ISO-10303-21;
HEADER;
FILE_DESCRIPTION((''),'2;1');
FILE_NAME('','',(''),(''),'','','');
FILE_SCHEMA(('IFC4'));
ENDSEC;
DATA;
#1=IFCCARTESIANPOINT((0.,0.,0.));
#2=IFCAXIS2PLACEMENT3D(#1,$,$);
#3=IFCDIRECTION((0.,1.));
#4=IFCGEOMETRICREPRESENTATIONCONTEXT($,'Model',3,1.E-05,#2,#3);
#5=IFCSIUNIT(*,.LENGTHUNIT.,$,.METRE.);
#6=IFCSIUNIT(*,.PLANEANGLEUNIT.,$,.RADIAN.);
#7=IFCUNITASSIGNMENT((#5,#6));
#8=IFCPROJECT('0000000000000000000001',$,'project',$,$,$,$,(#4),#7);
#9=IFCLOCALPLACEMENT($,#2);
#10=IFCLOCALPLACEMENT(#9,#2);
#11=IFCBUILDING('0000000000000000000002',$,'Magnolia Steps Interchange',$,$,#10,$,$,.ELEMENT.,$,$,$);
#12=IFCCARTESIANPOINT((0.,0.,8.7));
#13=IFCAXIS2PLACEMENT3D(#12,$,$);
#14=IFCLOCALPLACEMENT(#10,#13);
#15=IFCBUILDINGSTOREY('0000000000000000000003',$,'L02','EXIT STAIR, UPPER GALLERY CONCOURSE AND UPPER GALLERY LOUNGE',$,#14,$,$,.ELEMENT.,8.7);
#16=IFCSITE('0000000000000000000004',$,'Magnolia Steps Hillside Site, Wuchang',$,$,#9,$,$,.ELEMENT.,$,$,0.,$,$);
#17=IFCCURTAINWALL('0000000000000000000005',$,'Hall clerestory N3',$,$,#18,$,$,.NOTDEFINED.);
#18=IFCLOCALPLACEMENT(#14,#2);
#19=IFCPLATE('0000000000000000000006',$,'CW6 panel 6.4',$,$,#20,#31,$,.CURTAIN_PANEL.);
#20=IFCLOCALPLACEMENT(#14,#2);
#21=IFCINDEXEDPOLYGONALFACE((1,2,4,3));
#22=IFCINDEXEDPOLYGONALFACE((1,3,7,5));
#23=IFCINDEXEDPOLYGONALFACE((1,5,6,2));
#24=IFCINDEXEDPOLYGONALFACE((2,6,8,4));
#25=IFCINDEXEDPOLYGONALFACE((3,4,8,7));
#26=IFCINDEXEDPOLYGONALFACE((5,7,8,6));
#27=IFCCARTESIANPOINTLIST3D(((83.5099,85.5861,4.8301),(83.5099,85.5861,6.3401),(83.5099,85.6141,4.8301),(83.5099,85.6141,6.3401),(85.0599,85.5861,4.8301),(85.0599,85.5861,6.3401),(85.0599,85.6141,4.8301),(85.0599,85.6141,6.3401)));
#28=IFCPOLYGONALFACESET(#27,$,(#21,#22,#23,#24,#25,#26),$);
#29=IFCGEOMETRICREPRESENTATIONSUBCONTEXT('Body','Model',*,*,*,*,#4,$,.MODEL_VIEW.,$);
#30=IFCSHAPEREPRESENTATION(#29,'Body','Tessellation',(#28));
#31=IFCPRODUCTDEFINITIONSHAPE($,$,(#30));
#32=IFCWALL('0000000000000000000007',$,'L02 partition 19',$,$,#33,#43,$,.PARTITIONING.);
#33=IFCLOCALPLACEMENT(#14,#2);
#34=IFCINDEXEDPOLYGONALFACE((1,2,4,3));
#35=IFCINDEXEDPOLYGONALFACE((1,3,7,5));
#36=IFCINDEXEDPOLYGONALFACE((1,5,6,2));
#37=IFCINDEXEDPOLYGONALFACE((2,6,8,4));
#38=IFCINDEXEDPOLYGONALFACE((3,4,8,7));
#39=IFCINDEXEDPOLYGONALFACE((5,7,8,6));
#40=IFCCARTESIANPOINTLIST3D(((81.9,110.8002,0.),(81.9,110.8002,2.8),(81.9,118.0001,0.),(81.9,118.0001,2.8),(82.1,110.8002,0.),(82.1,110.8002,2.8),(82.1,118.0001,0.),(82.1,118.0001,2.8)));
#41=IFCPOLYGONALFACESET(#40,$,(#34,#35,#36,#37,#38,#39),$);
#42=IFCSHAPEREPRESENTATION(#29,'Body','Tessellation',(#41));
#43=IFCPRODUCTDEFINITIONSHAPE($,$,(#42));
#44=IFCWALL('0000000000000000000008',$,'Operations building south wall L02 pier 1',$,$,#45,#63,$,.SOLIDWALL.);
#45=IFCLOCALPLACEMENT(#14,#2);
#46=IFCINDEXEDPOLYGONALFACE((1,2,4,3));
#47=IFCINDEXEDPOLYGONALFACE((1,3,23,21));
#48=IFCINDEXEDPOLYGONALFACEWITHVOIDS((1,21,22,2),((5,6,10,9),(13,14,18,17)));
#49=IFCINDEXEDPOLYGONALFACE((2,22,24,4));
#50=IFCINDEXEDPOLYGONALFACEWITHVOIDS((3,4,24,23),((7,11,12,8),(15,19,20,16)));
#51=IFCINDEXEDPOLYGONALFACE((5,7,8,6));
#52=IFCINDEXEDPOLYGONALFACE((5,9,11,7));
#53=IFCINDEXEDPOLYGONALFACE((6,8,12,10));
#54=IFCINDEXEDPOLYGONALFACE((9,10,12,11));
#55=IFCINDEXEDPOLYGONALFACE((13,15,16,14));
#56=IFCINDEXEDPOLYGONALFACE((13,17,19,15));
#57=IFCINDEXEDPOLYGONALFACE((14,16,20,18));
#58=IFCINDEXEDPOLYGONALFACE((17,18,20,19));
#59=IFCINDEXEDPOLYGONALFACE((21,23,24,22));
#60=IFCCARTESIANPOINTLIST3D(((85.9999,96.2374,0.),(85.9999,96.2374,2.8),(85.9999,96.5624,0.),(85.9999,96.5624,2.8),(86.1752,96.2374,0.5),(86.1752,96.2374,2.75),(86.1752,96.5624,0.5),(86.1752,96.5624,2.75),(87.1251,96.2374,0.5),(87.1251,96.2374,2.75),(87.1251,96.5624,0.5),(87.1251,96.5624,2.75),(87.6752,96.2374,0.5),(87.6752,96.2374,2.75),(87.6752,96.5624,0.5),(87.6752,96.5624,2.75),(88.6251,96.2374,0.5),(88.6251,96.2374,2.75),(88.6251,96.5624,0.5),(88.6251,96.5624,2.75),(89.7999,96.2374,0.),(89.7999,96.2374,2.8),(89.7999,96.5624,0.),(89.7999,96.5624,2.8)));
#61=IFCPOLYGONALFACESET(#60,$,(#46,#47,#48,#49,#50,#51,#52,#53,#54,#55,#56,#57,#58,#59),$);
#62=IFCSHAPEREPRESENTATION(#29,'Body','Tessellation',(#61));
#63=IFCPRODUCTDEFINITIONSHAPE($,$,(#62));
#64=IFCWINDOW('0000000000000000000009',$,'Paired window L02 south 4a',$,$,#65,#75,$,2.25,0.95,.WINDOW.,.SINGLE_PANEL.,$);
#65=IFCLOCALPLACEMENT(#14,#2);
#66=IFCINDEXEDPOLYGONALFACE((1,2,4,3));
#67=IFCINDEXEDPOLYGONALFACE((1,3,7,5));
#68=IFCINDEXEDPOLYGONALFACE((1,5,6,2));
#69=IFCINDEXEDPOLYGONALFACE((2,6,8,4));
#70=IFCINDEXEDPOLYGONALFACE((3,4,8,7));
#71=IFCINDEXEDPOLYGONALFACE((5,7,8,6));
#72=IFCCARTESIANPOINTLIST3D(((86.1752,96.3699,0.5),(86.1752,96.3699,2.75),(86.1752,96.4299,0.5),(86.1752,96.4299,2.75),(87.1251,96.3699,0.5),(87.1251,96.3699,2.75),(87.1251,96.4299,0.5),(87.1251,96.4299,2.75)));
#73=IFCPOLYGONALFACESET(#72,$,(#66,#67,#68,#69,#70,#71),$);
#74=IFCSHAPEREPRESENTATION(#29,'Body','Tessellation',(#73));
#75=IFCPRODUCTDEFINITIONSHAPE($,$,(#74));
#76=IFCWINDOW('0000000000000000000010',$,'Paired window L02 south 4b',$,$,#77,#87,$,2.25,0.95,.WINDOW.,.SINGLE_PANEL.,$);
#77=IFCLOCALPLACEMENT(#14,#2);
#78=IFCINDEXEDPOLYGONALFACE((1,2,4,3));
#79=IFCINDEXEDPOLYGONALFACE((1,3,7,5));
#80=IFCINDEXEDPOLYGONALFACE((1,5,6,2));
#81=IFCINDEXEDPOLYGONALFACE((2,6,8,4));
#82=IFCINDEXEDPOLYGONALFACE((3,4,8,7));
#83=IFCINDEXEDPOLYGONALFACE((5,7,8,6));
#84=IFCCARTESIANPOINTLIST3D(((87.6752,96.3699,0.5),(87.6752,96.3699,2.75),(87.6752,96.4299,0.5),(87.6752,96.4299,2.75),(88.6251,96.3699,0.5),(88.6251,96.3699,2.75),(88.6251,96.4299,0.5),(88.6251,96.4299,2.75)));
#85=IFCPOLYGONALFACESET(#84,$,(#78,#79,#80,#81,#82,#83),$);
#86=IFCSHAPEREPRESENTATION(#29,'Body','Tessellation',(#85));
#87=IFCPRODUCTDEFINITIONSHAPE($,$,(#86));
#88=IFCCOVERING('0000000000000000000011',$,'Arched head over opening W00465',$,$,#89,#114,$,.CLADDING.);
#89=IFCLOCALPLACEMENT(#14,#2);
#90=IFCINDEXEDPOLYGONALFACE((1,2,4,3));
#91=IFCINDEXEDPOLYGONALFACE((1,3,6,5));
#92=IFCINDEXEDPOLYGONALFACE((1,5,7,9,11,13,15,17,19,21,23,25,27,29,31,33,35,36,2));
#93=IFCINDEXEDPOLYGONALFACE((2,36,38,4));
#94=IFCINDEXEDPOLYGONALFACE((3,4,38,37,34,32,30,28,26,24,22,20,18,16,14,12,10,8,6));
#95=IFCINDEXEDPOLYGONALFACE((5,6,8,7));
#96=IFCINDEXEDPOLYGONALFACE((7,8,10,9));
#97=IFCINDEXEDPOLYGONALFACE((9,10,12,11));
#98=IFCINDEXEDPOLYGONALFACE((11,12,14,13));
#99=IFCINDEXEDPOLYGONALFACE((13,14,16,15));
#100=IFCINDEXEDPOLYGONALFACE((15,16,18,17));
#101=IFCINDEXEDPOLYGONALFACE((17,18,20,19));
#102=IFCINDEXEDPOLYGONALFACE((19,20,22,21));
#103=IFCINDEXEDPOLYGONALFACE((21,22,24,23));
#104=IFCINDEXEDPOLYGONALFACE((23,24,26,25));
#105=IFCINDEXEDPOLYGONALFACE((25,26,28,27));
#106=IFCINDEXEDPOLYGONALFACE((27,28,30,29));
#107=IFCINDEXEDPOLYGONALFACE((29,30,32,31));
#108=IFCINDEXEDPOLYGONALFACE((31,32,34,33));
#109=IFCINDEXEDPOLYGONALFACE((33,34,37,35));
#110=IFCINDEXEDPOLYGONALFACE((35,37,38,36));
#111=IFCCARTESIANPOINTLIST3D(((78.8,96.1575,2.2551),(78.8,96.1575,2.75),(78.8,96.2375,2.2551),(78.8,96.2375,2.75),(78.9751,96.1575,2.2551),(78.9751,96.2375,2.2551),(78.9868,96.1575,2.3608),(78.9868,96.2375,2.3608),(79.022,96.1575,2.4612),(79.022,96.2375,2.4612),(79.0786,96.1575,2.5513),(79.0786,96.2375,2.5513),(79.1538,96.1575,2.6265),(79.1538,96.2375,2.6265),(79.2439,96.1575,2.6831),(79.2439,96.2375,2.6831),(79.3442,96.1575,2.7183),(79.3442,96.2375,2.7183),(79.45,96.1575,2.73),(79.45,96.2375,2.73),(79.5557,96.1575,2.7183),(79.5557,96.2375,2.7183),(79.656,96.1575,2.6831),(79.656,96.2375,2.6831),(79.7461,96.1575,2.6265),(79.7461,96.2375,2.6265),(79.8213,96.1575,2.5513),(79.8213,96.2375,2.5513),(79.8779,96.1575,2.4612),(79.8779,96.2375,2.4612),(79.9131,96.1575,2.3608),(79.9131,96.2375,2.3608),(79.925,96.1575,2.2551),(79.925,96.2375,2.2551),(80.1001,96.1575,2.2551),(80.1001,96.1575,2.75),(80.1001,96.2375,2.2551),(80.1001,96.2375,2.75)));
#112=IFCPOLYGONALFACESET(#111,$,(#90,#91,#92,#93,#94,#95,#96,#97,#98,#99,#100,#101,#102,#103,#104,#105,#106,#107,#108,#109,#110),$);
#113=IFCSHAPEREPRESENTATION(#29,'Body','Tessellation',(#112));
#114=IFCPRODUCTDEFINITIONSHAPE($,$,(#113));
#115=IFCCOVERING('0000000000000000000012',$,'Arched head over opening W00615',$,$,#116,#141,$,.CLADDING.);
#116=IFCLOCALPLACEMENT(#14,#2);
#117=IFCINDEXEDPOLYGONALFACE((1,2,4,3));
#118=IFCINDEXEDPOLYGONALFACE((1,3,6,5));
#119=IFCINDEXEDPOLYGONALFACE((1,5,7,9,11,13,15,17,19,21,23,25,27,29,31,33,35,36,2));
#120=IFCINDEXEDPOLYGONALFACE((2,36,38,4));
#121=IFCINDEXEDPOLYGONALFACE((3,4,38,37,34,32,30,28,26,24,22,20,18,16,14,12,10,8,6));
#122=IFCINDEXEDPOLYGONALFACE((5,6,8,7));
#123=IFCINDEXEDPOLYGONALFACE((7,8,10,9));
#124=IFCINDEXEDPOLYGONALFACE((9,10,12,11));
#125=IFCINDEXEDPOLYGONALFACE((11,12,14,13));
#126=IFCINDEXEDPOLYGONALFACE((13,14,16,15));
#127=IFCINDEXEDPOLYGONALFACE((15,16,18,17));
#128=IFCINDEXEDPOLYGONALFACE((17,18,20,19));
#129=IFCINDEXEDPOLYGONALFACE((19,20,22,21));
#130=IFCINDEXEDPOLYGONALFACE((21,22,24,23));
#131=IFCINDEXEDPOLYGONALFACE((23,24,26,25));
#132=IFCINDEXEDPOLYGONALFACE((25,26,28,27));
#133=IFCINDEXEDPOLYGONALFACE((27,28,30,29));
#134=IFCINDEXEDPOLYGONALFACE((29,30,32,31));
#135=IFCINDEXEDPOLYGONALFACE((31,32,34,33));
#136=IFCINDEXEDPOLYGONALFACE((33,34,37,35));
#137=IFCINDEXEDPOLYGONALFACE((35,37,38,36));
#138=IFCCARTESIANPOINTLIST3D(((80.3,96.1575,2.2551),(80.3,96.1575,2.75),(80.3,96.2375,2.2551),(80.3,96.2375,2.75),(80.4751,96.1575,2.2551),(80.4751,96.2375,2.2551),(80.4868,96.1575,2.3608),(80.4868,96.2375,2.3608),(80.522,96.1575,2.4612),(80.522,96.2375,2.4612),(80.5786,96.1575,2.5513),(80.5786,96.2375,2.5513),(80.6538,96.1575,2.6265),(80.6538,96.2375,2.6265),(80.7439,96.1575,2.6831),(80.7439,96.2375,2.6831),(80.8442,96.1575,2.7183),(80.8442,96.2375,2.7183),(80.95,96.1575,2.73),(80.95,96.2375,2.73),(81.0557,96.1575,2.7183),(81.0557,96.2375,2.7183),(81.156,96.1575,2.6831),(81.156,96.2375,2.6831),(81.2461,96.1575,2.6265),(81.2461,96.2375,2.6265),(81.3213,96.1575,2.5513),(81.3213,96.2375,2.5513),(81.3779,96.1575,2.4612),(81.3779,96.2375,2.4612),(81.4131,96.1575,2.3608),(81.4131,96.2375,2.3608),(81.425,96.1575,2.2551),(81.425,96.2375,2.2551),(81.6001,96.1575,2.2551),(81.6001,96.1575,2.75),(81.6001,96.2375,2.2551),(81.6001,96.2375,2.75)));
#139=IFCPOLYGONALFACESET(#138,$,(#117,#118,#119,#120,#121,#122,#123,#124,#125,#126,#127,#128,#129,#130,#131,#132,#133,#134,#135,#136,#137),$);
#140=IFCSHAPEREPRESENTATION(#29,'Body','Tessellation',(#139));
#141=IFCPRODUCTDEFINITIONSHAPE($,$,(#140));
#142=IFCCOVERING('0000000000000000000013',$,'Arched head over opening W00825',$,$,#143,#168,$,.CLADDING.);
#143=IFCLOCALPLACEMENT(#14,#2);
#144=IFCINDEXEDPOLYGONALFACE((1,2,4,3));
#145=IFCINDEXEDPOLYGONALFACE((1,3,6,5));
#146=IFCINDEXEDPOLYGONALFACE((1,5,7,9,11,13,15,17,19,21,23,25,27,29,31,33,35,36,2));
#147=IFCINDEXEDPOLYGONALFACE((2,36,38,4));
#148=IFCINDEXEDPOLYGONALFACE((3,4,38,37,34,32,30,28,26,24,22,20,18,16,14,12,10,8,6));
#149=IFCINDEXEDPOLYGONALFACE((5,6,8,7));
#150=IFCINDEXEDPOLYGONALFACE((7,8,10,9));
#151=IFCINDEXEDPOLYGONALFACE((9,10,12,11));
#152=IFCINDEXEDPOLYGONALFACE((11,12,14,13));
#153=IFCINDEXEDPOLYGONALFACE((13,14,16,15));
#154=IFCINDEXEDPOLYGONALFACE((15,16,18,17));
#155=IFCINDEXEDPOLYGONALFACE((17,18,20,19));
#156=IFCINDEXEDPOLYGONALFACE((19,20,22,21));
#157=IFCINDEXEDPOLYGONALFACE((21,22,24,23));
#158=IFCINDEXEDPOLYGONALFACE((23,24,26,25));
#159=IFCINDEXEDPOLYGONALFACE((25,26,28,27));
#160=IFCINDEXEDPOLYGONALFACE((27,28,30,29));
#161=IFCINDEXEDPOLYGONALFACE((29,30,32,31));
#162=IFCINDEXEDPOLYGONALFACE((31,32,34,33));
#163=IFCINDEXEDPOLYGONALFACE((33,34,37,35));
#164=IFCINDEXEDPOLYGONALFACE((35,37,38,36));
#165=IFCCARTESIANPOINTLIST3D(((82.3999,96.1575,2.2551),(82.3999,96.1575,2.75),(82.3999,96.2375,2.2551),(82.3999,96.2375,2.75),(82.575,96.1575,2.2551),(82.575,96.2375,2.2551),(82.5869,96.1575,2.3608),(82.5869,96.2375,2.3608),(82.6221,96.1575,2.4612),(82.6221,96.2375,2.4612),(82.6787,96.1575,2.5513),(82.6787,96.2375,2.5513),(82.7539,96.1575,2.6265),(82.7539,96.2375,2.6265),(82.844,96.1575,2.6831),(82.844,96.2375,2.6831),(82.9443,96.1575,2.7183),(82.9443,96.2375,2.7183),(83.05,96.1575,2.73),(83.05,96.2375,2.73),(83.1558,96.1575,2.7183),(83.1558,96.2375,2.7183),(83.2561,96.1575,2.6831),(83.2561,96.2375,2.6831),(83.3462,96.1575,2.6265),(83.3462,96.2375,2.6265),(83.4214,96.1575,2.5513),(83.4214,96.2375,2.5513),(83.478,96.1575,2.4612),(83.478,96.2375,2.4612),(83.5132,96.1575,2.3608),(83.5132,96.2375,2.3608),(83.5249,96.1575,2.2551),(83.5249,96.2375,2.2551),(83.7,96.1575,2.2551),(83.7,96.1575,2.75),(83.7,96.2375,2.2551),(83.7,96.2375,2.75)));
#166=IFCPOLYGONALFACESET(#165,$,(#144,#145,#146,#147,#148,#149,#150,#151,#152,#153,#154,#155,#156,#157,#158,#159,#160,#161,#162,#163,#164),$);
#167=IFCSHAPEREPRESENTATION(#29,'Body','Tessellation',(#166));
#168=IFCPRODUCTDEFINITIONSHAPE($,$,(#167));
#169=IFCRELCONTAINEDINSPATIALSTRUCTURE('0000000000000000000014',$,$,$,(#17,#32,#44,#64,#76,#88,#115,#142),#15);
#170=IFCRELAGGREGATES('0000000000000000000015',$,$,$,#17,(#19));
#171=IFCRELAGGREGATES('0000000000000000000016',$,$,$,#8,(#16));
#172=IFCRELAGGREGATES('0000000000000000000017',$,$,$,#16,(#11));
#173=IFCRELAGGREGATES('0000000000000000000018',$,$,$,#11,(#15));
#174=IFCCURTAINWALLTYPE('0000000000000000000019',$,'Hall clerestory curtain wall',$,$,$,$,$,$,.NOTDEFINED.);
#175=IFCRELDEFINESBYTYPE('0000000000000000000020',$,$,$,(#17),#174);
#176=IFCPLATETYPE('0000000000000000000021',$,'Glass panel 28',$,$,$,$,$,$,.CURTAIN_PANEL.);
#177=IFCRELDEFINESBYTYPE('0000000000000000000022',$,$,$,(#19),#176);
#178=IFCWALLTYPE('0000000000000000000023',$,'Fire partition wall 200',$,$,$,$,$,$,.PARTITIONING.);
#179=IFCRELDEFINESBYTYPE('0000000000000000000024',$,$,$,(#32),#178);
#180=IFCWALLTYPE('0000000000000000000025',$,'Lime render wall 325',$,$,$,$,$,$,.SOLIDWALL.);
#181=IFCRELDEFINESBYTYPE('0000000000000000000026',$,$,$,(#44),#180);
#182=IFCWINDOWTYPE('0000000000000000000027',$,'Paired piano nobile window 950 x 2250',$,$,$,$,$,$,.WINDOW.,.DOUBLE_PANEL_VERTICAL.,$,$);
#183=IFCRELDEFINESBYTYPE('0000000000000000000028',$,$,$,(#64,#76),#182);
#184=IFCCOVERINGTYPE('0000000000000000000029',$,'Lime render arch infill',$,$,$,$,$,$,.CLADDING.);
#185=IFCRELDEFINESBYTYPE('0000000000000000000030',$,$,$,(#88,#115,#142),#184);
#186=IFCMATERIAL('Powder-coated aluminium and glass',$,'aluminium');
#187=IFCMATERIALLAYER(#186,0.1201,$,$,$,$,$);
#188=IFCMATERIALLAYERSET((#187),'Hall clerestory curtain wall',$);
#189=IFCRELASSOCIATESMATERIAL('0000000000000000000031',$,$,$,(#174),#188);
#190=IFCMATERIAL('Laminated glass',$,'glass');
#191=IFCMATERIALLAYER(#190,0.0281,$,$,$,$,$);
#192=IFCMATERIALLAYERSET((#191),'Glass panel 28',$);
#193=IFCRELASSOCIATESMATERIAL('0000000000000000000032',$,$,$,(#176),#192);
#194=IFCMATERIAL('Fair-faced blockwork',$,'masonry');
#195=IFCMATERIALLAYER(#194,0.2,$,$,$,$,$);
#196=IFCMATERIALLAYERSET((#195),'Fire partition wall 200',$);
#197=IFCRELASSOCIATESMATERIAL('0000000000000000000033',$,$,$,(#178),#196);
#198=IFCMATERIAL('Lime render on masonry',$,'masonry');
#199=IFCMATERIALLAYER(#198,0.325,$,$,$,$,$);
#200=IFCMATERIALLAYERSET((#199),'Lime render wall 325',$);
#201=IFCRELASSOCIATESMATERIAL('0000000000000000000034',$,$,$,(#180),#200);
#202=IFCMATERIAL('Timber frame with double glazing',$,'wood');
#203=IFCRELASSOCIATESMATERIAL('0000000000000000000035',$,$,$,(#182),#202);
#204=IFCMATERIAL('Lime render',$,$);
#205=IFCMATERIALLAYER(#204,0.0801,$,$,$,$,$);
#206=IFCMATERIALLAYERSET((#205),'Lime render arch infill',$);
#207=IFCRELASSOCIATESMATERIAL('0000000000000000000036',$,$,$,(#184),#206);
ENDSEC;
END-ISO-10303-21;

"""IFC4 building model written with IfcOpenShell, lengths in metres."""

from ifc_helpers import new_model, si_unit, direction, frame, frame_2d, origin, origin_2d, place, context, subcontext, project, spatial, polyline, rectangle, outline, extrude, material, layer, layer_set, type_object, element, fill, aggregate, save


model = new_model("IFC4")

# Units and contexts
model_context = context("Model", 3, precision=1e-05, world=origin(), true_north=direction((0.0, 1.0)))
body_context = subcontext(model_context, "Body", "Model", "MODEL_VIEW")
ifc_project = project(units=[si_unit("LENGTHUNIT", "METRE"), si_unit("PLANEANGLEUNIT", "RADIAN")], contexts=[model_context])

# Site, building, storey
site_placement = place(None, origin())
site = spatial("IfcSite", under=ifc_project, at=site_placement, Name="Magnolia Steps Hillside Site, Wuchang", CompositionType="ELEMENT", RefElevation=0.0)
building_placement = place(site_placement, origin())
building = spatial("IfcBuilding", under=site, at=building_placement, Name="Magnolia Steps Interchange", CompositionType="ELEMENT")
storey_placement = place(building_placement, frame((0.0, 0.0, 8.7)))
storey = spatial("IfcBuildingStorey", under=building, at=storey_placement, Name="L02", Description="EXIT STAIR, UPPER GALLERY CONCOURSE AND UPPER GALLERY LOUNGE", CompositionType="ELEMENT", Elevation=8.7)

# Curtain wall
ifc_material_1 = material(Name="Powder-coated aluminium and glass", Category="aluminium")
ifc_layer_1 = layer(ifc_material_1, 0.1201)
ifc_layer_set_1 = layer_set([ifc_layer_1], Name="Hall clerestory curtain wall")
curtain_wall_type = type_object("IfcCurtainWallType", Name="Hall clerestory curtain wall", PredefinedType="NOTDEFINED", material=ifc_layer_set_1)
curtain_wall_placement = place(storey_placement, origin())
curtain_wall = element("IfcCurtainWall", 1, at=curtain_wall_placement, inside=storey, type_object=curtain_wall_type, Name="Hall clerestory N3", PredefinedType="NOTDEFINED")

# Plate
ifc_material_2 = material(Name="Laminated glass", Category="glass")
ifc_layer_2 = layer(ifc_material_2, 0.0281)
ifc_layer_set_2 = layer_set([ifc_layer_2], Name="Glass panel 28")
plate_type = type_object("IfcPlateType", Name="Glass panel 28", PredefinedType="CURTAIN_PANEL", material=ifc_layer_set_2)
plate_1_placement = place(storey_placement, frame((84.2849, 85.6001, 4.8301), z_axis=(0.0, 0.0, 1.0), x_axis=(1.0, 0.0, 0.0)))
plate_1 = element("IfcPlate", 2, at=plate_1_placement, type_object=plate_type, Name="CW6 panel 6.4", PredefinedType="CURTAIN_PANEL", context=body_context, shape_type="SweptSolid", body=[
    extrude(rectangle(XDim=1.55, YDim=0.0281, at=origin_2d()), origin(), (0.0, 0.0, 1.0), 1.51),
])
aggregate(curtain_wall, [plate_1])

# Wall
ifc_material_3 = material(Name="Fair-faced blockwork", Category="masonry")
ifc_layer_3 = layer(ifc_material_3, 0.2)
ifc_layer_set_3 = layer_set([ifc_layer_3], Name="Fire partition wall 200")
wall_type_1 = type_object("IfcWallType", Name="Fire partition wall 200", PredefinedType="PARTITIONING", material=ifc_layer_set_3)
wall_1_placement = place(storey_placement, frame((82.0, 110.8, 0.0), z_axis=(0.0, 0.0, 1.0), x_axis=(0.0, 1.0, 0.0)))
element("IfcWall", 3, at=wall_1_placement, inside=storey, type_object=wall_type_1, Name="L02 partition 19", PredefinedType="PARTITIONING", context=body_context, shape_type="SweptSolid", body=[
    extrude(rectangle(XDim=7.2, YDim=0.2, at=frame_2d((3.6001, 0.0))), origin(), (0.0, 0.0, 1.0), 2.8),
])

# Wall, openings, windows
ifc_material_4 = material(Name="Lime render on masonry", Category="masonry")
ifc_layer_4 = layer(ifc_material_4, 0.325)
ifc_layer_set_4 = layer_set([ifc_layer_4], Name="Lime render wall 325")
wall_type_2 = type_object("IfcWallType", Name="Lime render wall 325", PredefinedType="SOLIDWALL", material=ifc_layer_set_4)
wall_2_placement = place(storey_placement, frame((86.0, 96.3999, 0.0), z_axis=(0.0, 0.0, 1.0), x_axis=(1.0, 0.0, 0.0)))
wall_2 = element("IfcWall", 4, at=wall_2_placement, inside=storey, type_object=wall_type_2, Name="Operations building south wall L02 pier 1", PredefinedType="SOLIDWALL", context=body_context, shape_type="SweptSolid", body=[
    extrude(rectangle(XDim=3.8, YDim=0.325, at=frame_2d((1.8999, 0.0))), origin(), (0.0, 0.0, 1.0), 2.8),
])
opening_1_placement = place(wall_2_placement, frame((0.175, 0.0, 0.5)))
opening_1 = element("IfcOpeningElement", 5, at=opening_1_placement, cuts=wall_2, PredefinedType="OPENING", context=body_context, shape_type="SweptSolid", body=[
    extrude(rectangle(XDim=0.95, YDim=2.25, at=frame_2d((0.4751, 1.125))), frame((0.0, 0.1724, 0.0), z_axis=(0.0, -1.0, 0.0), x_axis=(1.0, 0.0, 0.0)), (0.0, 0.0, 1.0), 0.345),
])
opening_2_placement = place(wall_2_placement, frame((1.675, 0.0, 0.5)))
opening_2 = element("IfcOpeningElement", 6, at=opening_2_placement, cuts=wall_2, PredefinedType="OPENING", context=body_context, shape_type="SweptSolid", body=[
    extrude(rectangle(XDim=0.95, YDim=2.25, at=frame_2d((0.4751, 1.125))), frame((0.0, 0.1724, 0.0), z_axis=(0.0, -1.0, 0.0), x_axis=(1.0, 0.0, 0.0)), (0.0, 0.0, 1.0), 0.345),
])
ifc_material_5 = material(Name="Timber frame with double glazing", Category="wood")
window_type = type_object("IfcWindowType", Name="Paired piano nobile window 950 x 2250", PartitioningType="DOUBLE_PANEL_VERTICAL", PredefinedType="WINDOW", material=ifc_material_5)
window_1_placement = place(opening_1_placement, origin())
window_1 = element("IfcWindow", 7, at=window_1_placement, inside=storey, type_object=window_type, Name="Paired window L02 south 4a", OverallHeight=2.25, OverallWidth=0.95, PartitioningType="SINGLE_PANEL", PredefinedType="WINDOW", context=body_context, shape_type="SweptSolid", body=[
    extrude(rectangle(XDim=0.95, YDim=2.25, at=frame_2d((0.4751, 1.125))), frame((0.0, 0.03, 0.0), z_axis=(0.0, -1.0, 0.0), x_axis=(1.0, 0.0, 0.0)), (0.0, 0.0, 1.0), 0.0601),
])
fill(opening_1, window_1)
window_2_placement = place(opening_2_placement, origin())
window_2 = element("IfcWindow", 8, at=window_2_placement, inside=storey, type_object=window_type, Name="Paired window L02 south 4b", OverallHeight=2.25, OverallWidth=0.95, PartitioningType="SINGLE_PANEL", PredefinedType="WINDOW", context=body_context, shape_type="SweptSolid", body=[
    extrude(rectangle(XDim=0.95, YDim=2.25, at=frame_2d((0.4751, 1.125))), frame((0.0, 0.03, 0.0), z_axis=(0.0, -1.0, 0.0), x_axis=(1.0, 0.0, 0.0)), (0.0, 0.0, 1.0), 0.0601),
])
fill(opening_2, window_2)

# Coverings
ifc_material_6 = material(Name="Lime render")
ifc_layer_5 = layer(ifc_material_6, 0.0801)
ifc_layer_set_5 = layer_set([ifc_layer_5], Name="Lime render arch infill")
covering_type_1 = type_object("IfcCoveringType", Name="Lime render arch infill", PredefinedType="CLADDING", material=ifc_layer_set_5)
for number, where, z_axis, x_axis, name in (
    (9, (78.8, 96.2375, 2.2551), (0.0, 1.0, 0.0), (0.0, 0.0, 1.0), "Arched head over opening W00465"),
    (10, (80.3, 96.2375, 2.2551), (0.0, 1.0, 0.0), (0.0, 0.0, 1.0), "Arched head over opening W00615"),
):
    element("IfcCovering", number, at=place(storey_placement, frame(where, z_axis=z_axis, x_axis=x_axis)), inside=storey, type_object=covering_type_1, Name=name, PredefinedType="CLADDING", context=body_context, shape_type="SweptSolid", body=[
        extrude(outline(polyline([(0.0, 0.0), (0.4949, 0.0), (0.4949, 1.3), (0.0, 1.3), (0.0, 1.125), (0.1057, 1.113), (0.2061, 1.0779), (0.2961, 1.0212), (0.3713, 0.946), (0.428, 0.856), (0.4631, 0.7556), (0.4749, 0.6499), (0.4631, 0.5442), (0.428, 0.4438), (0.3713, 0.3538), (0.2961, 0.2786), (0.2061, 0.2219), (0.1057, 0.1868), (0.0, 0.175), (0.0, 0.0)])), origin(), (0.0, 0.0, -1.0), 0.0801),
    ])
for number, where, z_axis, x_axis, name in (
    (11, (82.3999, 96.2375, 2.2551), (0.0, 1.0, 0.0), (0.0, 0.0, 1.0), "Arched head over opening W00825"),
):
    element("IfcCovering", number, at=place(storey_placement, frame(where, z_axis=z_axis, x_axis=x_axis)), inside=storey, type_object=covering_type_1, Name=name, PredefinedType="CLADDING", context=body_context, shape_type="SweptSolid", body=[
        extrude(outline(polyline([(0.0, 0.0), (0.4949, 0.0), (0.4949, 1.3), (0.0, 1.3), (0.0, 1.125), (0.1057, 1.1133), (0.2061, 1.0781), (0.2961, 1.0215), (0.3713, 0.9463), (0.428, 0.8562), (0.4631, 0.7559), (0.4749, 0.6501), (0.4631, 0.5444), (0.428, 0.4441), (0.3713, 0.354), (0.2961, 0.2788), (0.2061, 0.2222), (0.1057, 0.187), (0.0, 0.175), (0.0, 0.0)])), origin(), (0.0, 0.0, -1.0), 0.0801),
    ])

save(model, "model.ifc")
